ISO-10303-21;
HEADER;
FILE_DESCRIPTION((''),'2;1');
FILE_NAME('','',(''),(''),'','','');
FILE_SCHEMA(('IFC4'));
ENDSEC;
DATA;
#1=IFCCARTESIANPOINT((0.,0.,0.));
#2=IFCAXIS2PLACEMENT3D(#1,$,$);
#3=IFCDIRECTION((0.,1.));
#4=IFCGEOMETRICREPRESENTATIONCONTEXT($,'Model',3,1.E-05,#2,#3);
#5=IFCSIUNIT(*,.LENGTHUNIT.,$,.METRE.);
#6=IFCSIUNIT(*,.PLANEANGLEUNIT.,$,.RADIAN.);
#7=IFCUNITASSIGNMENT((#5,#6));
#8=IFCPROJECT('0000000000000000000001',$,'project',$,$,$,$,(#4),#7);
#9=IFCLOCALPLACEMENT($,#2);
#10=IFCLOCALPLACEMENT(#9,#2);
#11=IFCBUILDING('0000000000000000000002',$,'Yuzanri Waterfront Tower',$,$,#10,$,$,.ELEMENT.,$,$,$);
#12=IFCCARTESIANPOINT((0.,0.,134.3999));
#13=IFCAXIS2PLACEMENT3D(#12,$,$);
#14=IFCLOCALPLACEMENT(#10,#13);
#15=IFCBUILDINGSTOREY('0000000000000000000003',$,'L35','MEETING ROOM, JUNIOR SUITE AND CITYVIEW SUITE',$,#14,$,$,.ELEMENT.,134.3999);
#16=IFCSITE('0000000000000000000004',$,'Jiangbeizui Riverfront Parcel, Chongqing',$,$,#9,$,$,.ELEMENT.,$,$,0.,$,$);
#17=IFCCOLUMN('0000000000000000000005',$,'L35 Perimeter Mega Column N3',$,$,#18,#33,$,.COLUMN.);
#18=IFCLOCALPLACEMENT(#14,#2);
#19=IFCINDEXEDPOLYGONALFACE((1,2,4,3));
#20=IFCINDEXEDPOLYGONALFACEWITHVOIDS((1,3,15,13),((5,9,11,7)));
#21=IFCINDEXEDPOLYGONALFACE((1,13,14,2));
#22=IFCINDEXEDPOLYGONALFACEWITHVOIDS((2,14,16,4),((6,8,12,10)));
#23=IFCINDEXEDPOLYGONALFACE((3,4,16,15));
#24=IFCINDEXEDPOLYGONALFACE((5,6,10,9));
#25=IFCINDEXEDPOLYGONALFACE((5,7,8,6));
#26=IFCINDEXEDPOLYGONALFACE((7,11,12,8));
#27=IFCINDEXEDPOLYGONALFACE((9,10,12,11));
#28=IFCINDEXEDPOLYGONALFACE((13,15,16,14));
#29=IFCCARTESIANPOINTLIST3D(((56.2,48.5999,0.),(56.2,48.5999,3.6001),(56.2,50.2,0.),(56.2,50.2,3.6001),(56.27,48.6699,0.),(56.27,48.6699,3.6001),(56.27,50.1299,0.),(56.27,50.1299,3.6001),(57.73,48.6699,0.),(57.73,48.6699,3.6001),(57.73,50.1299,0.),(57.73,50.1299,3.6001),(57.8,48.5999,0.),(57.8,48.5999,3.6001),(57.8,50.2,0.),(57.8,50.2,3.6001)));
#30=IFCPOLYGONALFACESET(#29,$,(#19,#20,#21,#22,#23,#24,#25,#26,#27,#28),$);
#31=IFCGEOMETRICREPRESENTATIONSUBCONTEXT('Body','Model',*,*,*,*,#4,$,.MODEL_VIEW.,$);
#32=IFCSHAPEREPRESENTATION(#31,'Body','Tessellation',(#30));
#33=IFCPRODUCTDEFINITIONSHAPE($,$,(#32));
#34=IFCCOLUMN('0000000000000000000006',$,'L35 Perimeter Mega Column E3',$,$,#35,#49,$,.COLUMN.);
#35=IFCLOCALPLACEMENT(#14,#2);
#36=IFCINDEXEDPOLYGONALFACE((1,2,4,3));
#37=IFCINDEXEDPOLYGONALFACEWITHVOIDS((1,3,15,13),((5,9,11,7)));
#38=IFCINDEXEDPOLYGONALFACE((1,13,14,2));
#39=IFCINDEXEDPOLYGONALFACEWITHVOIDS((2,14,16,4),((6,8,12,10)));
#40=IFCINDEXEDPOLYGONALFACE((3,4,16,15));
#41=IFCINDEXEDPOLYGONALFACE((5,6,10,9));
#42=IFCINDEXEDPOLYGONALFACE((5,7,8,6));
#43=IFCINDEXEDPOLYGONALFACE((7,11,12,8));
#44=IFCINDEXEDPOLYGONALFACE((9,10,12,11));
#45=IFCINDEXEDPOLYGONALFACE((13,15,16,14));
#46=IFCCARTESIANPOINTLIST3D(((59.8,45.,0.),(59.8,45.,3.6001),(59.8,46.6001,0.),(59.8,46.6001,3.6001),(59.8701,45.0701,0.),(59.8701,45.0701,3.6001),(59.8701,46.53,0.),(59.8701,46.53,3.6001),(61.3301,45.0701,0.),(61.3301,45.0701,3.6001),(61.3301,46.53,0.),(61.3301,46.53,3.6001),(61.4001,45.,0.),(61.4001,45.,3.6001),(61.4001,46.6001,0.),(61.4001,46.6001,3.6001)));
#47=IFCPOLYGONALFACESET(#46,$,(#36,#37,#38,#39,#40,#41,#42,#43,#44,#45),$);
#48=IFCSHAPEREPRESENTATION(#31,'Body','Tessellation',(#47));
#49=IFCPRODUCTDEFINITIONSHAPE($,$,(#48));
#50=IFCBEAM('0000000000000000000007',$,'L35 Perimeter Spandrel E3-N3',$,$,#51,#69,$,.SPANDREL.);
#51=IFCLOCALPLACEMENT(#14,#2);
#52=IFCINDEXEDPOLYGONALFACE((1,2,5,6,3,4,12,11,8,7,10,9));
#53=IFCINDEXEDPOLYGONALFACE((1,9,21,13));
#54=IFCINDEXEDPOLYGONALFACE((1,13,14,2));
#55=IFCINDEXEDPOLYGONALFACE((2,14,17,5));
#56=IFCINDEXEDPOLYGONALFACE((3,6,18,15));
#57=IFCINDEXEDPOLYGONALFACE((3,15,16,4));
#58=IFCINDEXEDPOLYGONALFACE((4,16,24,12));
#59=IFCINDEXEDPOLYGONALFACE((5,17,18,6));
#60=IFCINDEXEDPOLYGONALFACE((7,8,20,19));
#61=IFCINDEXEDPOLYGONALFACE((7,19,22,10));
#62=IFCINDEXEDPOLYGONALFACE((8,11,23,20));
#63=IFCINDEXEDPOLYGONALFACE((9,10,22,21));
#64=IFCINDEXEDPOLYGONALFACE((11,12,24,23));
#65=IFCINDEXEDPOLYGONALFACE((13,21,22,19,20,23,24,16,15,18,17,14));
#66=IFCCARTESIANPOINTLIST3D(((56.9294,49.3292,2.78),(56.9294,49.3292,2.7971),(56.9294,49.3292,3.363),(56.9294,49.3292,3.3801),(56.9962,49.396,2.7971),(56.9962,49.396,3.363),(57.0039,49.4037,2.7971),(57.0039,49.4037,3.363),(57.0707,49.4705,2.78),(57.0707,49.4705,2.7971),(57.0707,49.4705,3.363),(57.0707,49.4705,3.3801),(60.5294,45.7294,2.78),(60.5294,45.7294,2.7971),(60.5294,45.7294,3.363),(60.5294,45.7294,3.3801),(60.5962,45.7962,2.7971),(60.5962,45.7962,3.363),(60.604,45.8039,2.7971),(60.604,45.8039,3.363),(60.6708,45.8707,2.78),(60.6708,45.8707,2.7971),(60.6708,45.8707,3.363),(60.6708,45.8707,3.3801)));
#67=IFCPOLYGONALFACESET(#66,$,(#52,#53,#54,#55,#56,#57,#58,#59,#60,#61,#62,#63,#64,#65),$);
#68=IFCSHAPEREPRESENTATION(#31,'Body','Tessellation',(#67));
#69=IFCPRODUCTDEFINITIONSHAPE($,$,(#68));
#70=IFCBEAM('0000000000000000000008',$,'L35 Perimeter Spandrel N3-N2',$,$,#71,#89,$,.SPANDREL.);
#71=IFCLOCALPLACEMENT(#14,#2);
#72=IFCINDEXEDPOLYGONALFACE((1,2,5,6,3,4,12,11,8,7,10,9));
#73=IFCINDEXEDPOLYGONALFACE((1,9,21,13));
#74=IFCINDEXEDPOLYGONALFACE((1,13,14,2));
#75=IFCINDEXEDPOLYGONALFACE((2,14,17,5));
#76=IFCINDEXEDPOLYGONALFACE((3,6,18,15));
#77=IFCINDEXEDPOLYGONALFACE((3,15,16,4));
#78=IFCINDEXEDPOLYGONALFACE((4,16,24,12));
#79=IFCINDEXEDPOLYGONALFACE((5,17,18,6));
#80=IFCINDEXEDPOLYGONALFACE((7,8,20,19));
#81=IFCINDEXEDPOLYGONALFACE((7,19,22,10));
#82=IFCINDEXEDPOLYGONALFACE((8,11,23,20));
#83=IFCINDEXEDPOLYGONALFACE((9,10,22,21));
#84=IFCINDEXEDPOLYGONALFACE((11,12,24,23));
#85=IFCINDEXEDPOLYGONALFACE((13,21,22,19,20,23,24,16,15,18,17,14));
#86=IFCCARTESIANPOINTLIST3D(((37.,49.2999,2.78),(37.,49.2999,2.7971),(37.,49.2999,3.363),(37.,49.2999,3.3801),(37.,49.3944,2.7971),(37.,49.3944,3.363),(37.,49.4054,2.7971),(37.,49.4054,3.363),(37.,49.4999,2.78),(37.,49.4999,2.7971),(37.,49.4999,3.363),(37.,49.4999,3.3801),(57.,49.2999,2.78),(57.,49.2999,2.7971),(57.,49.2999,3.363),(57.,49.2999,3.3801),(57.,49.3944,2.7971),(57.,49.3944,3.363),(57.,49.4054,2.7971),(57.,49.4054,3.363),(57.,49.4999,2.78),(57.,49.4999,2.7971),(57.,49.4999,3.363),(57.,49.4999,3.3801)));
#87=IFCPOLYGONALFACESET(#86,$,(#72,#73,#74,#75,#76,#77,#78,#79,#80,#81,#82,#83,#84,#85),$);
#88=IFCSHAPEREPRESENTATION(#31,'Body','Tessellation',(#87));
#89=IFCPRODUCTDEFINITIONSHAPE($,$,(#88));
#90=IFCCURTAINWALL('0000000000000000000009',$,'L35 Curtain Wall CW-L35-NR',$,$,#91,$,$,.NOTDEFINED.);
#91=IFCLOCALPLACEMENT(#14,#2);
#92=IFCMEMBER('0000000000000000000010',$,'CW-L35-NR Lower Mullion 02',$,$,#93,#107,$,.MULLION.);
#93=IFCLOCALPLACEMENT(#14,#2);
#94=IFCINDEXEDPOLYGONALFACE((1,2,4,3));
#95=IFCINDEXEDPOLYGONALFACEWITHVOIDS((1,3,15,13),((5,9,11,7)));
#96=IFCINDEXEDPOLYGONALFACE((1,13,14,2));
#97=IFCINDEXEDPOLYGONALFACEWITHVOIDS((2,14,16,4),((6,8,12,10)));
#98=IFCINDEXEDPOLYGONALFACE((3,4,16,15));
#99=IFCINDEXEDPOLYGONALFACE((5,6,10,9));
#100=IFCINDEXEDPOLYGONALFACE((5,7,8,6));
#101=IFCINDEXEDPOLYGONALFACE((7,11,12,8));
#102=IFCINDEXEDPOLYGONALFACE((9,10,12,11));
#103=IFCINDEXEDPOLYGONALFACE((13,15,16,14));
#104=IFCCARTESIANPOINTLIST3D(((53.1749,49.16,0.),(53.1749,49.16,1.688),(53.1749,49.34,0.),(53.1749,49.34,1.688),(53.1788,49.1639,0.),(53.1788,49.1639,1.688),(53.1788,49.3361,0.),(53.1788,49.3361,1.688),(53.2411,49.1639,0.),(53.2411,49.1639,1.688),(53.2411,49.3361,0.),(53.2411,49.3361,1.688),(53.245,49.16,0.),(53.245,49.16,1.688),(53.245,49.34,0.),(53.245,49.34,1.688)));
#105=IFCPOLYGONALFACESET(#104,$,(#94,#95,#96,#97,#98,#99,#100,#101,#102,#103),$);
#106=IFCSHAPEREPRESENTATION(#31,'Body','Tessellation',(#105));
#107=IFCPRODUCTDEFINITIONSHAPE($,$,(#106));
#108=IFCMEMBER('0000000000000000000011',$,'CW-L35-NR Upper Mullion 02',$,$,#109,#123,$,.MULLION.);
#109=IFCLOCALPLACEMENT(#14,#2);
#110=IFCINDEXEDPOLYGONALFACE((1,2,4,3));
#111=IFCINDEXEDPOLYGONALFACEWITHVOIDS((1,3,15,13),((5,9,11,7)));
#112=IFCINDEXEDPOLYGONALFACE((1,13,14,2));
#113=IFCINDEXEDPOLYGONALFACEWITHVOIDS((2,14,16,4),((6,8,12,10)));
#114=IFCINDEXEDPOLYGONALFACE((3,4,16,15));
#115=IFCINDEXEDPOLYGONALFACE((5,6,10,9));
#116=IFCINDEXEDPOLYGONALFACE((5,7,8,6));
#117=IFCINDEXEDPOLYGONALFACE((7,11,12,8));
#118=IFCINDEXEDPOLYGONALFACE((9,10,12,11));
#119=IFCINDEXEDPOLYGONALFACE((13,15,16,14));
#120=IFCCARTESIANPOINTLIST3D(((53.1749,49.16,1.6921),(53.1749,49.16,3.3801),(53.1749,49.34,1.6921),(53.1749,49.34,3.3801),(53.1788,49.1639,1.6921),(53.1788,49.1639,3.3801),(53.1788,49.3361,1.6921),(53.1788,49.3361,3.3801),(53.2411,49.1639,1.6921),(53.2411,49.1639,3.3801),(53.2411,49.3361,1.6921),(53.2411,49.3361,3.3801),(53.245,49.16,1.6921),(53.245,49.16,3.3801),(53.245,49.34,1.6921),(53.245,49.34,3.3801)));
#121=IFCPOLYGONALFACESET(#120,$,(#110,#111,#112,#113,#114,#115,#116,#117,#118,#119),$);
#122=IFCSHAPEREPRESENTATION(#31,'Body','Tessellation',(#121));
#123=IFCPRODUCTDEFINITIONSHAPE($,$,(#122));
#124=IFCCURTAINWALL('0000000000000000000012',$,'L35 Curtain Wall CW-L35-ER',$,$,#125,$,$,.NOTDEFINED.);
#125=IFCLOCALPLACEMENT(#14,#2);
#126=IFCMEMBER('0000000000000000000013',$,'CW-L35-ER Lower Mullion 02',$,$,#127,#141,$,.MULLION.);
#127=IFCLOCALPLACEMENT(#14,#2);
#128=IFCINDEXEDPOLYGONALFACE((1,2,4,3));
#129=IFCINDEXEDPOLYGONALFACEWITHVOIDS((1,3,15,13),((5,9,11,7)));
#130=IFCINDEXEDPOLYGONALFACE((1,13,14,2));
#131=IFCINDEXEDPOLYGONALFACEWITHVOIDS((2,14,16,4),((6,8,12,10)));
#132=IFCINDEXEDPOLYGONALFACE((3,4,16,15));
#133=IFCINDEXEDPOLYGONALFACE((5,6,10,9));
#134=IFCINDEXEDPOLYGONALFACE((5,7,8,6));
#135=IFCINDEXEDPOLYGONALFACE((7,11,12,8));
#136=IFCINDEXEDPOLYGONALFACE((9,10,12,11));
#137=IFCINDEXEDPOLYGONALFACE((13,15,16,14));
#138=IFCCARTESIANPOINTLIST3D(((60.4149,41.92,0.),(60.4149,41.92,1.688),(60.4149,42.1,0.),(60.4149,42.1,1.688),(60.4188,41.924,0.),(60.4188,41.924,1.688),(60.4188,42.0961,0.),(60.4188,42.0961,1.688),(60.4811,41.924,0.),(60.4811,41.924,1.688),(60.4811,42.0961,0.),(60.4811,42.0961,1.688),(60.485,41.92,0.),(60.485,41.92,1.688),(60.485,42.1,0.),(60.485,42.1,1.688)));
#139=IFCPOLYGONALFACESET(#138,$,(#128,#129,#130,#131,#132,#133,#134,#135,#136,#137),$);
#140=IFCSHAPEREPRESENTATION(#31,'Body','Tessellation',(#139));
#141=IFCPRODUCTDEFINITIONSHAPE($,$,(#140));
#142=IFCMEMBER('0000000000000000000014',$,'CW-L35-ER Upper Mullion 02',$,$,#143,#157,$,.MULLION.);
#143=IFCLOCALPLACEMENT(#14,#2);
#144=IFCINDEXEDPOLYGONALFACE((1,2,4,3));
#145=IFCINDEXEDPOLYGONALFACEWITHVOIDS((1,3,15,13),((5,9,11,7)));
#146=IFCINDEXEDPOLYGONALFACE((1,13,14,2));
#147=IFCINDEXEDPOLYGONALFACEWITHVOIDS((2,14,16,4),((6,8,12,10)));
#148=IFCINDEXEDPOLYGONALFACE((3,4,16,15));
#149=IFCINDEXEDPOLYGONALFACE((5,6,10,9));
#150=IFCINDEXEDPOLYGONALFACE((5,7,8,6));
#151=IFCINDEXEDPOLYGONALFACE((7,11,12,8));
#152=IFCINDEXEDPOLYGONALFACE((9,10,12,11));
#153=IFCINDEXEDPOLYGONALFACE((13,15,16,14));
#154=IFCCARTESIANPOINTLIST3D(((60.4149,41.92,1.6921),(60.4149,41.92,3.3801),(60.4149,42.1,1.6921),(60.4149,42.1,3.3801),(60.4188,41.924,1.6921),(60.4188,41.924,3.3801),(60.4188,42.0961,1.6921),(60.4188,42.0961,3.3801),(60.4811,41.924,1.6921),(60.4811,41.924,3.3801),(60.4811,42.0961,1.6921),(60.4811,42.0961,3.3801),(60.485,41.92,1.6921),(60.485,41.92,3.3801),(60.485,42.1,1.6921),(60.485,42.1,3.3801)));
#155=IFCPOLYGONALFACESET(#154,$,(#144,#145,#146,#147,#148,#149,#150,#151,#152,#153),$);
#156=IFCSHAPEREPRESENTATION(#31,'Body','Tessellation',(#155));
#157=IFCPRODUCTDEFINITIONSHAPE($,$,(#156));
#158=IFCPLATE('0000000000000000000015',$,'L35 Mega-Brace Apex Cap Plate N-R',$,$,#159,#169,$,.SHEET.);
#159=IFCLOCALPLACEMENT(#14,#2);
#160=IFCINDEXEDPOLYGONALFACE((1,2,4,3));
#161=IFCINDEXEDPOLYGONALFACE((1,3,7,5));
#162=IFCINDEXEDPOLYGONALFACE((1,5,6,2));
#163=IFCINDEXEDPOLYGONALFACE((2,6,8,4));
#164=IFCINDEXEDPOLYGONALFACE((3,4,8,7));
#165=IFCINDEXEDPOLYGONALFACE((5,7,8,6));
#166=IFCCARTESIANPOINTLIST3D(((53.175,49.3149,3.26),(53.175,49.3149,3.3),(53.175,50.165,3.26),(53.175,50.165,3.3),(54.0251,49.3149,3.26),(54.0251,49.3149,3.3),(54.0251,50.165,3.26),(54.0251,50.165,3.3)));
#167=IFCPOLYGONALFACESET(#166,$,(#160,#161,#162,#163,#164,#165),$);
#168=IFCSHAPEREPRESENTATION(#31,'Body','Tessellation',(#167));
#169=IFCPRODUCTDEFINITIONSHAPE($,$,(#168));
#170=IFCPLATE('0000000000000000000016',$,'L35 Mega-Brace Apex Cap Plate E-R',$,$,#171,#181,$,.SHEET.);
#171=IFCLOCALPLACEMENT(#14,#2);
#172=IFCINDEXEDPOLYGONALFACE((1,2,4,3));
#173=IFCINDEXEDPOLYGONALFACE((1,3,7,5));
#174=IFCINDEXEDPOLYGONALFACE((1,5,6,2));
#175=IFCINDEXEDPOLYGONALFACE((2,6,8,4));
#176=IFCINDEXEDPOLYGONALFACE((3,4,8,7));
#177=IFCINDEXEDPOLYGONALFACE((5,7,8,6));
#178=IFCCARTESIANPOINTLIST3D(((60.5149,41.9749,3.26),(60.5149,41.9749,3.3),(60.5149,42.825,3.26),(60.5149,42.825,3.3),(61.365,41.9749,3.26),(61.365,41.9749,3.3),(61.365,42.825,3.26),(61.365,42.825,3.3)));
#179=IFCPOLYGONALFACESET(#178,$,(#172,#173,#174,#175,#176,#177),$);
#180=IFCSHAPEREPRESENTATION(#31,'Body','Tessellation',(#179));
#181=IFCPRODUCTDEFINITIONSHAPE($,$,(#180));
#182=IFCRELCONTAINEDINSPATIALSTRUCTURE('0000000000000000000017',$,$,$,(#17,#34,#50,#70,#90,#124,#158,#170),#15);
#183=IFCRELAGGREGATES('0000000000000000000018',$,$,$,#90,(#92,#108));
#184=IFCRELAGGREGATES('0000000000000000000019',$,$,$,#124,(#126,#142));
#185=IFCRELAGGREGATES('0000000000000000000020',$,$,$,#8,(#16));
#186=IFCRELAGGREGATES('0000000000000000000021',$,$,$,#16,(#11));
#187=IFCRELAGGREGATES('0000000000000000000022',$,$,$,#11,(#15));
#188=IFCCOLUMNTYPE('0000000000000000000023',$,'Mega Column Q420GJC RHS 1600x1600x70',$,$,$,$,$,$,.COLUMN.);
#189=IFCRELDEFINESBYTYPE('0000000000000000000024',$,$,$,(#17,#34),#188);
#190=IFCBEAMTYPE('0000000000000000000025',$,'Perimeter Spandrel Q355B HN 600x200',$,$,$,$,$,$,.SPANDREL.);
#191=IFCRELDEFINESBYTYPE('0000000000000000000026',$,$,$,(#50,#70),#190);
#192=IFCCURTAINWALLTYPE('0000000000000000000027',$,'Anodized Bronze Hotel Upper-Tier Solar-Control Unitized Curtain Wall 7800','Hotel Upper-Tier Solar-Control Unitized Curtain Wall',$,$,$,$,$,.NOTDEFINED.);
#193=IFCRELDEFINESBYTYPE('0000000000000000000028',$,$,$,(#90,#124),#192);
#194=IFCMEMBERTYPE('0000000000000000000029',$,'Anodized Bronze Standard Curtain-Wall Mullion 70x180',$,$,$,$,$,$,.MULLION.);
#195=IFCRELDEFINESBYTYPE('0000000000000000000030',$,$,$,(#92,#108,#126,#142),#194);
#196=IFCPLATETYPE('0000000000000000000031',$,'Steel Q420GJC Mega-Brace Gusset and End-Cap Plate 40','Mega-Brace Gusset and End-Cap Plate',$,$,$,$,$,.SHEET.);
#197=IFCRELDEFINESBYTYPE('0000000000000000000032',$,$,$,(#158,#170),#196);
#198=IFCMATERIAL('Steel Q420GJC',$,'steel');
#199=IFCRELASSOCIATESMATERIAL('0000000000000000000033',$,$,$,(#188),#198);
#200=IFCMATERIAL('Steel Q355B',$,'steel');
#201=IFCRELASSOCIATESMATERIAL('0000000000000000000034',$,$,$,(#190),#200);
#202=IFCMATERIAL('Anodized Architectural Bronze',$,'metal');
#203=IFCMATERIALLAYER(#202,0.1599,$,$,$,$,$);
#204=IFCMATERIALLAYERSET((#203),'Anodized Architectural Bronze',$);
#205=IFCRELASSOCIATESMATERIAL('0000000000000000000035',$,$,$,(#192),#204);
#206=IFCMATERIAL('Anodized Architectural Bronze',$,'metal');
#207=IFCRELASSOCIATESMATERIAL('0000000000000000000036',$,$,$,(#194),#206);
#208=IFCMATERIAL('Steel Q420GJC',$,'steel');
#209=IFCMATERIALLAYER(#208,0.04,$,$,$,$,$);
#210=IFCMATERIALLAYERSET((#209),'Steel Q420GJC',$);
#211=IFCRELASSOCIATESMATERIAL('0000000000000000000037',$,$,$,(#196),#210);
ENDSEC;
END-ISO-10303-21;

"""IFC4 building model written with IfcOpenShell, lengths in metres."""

from ifc_helpers import new_model, si_unit, direction, frame, origin, origin_2d, place, context, subcontext, project, spatial, rectangle, hollow_rectangle, i_section, extrude, source, transform, mapped, material, layer, layer_set, material_profile, profile_set, type_object, element, aggregate, save


model = new_model("IFC4")

# Units and contexts
model_context = context("Model", 3, precision=1e-05, world=origin(), true_north=direction((0.0, 1.0)))
body_context = subcontext(model_context, "Body", "Model", "MODEL_VIEW")
ifc_project = project(units=[si_unit("LENGTHUNIT", "METRE"), si_unit("PLANEANGLEUNIT", "RADIAN")], contexts=[model_context])

# Site, building, storey
site_placement = place(None, origin())
site = spatial("IfcSite", under=ifc_project, at=site_placement, Name="Jiangbeizui Riverfront Parcel, Chongqing", CompositionType="ELEMENT", RefElevation=0.0)
building_placement = place(site_placement, origin())
building = spatial("IfcBuilding", under=site, at=building_placement, Name="Yuzanri Waterfront Tower", CompositionType="ELEMENT")
storey_placement = place(building_placement, frame((0.0, 0.0, 134.3999)))
storey = spatial("IfcBuildingStorey", under=building, at=storey_placement, Name="L35", Description="MEETING ROOM, JUNIOR SUITE AND CITYVIEW SUITE", CompositionType="ELEMENT", Elevation=134.3999)

# Columns
ifc_material_1 = material(Name="Steel Q420GJC", Category="steel")
ifc_material_profile_1 = material_profile(ifc_material_1, hollow_rectangle(XDim=1.6001, YDim=1.6001, WallThickness=0.0701, at=origin_2d()), Name="RHS 1600x1600x70")
ifc_profile_set_1 = profile_set([ifc_material_profile_1], Name="Steel Q420GJC")
column_type = type_object("IfcColumnType", Name="Mega Column Q420GJC RHS 1600x1600x70", PredefinedType="COLUMN", material=ifc_profile_set_1)
shared_shape_1 = source(origin(), body_context, "Body", "SweptSolid", [
    extrude(hollow_rectangle(XDim=1.6001, YDim=1.6001, WallThickness=0.0701, at=origin_2d()), origin(), (0.0, 0.0, 1.0), 3.6001),
])
for number, where, z_axis, x_axis, name in (
    (1, (57.0, 49.3999, 0.0), (0.0, 0.0, 1.0), (1.0, 0.0, 0.0), "L35 Perimeter Mega Column N3"),
    (2, (60.6001, 45.8, 0.0), (0.0, 0.0, 1.0), (1.0, 0.0, 0.0), "L35 Perimeter Mega Column E3"),
):
    element("IfcColumn", number, at=place(storey_placement, frame(where, z_axis=z_axis, x_axis=x_axis)), inside=storey, type_object=column_type, Name=name, PredefinedType="COLUMN", context=body_context, shape_type="MappedRepresentation", body=[
        mapped(shared_shape_1, transform((0.0, 0.0, 0.0), scale=1.0)),
    ])

# Beams
ifc_material_2 = material(Name="Steel Q355B", Category="steel")
ifc_material_profile_2 = material_profile(ifc_material_2, i_section(OverallWidth=0.2, OverallDepth=0.6001, WebThickness=0.011, FlangeThickness=0.0171, at=origin_2d()), Name="HN 600x200x11x17")
ifc_profile_set_2 = profile_set([ifc_material_profile_2], Name="Steel Q355B")
beam_type = type_object("IfcBeamType", Name="Perimeter Spandrel Q355B HN 600x200", PredefinedType="SPANDREL", material=ifc_profile_set_2)
shared_shape_2 = source(origin(), body_context, "Body", "SweptSolid", [
    extrude(i_section(OverallWidth=0.2, OverallDepth=0.6001, WebThickness=0.011, FlangeThickness=0.0171, at=origin_2d()), origin(), (0.0, 0.0, 1.0), 5.0911),
])
beam_1_placement = place(storey_placement, frame((60.6001, 45.8, 3.0801), z_axis=(-0.707131, 0.707083, 0.0), x_axis=(-0.707083, -0.707131, 0.0)))
element("IfcBeam", 3, at=beam_1_placement, inside=storey, type_object=beam_type, Name="L35 Perimeter Spandrel E3-N3", PredefinedType="SPANDREL", context=body_context, shape_type="MappedRepresentation", body=[
    mapped(shared_shape_2, transform((0.0, 0.0, 0.0), scale=1.0)),
])
shared_shape_3 = source(origin(), body_context, "Body", "SweptSolid", [
    extrude(i_section(OverallWidth=0.2, OverallDepth=0.6001, WebThickness=0.011, FlangeThickness=0.0171, at=origin_2d()), origin(), (0.0, 0.0, 1.0), 20.0),
])
beam_2_placement = place(storey_placement, frame((57.0, 49.3999, 3.0801), z_axis=(-1.0, 0.0, 0.0), x_axis=(0.0, -1.0, 0.0)))
element("IfcBeam", 4, at=beam_2_placement, inside=storey, type_object=beam_type, Name="L35 Perimeter Spandrel N3-N2", PredefinedType="SPANDREL", context=body_context, shape_type="MappedRepresentation", body=[
    mapped(shared_shape_3, transform((0.0, 0.0, 0.0), scale=1.0)),
])

# Curtain walls, members
ifc_material_3 = material(Name="Anodized Architectural Bronze", Category="metal")
ifc_layer_1 = layer(ifc_material_3, 0.1599)
ifc_layer_set_1 = layer_set([ifc_layer_1], Name="Anodized Architectural Bronze")
curtain_wall_type = type_object("IfcCurtainWallType", Name="Anodized Bronze Hotel Upper-Tier Solar-Control Unitized Curtain Wall 7800", Description="Hotel Upper-Tier Solar-Control Unitized Curtain Wall", PredefinedType="NOTDEFINED", material=ifc_layer_set_1)
curtain_wall_1_placement = place(storey_placement, origin())
curtain_wall_1 = element("IfcCurtainWall", 5, at=curtain_wall_1_placement, inside=storey, type_object=curtain_wall_type, Name="L35 Curtain Wall CW-L35-NR", PredefinedType="NOTDEFINED")
ifc_material_4 = material(Name="Anodized Architectural Bronze", Category="metal")
ifc_material_profile_3 = material_profile(ifc_material_4, hollow_rectangle(XDim=0.0701, YDim=0.1799, WallThickness=0.0039, at=origin_2d()), Name="CWM 70x180")
ifc_profile_set_3 = profile_set([ifc_material_profile_3], Name="Anodized Architectural Bronze")
member_type = type_object("IfcMemberType", Name="Anodized Bronze Standard Curtain-Wall Mullion 70x180", PredefinedType="MULLION", material=ifc_profile_set_3)
shared_shape_4 = source(origin(), body_context, "Body", "SweptSolid", [
    extrude(hollow_rectangle(XDim=0.0701, YDim=0.1799, WallThickness=0.0039, at=origin_2d()), origin(), (0.0, 0.0, 1.0), 1.688),
])
member_1_placement = place(storey_placement, frame((53.21, 49.25, 0.0), z_axis=(0.0, 0.0, 1.0), x_axis=(1.0, 0.0, 0.0)))
member_1 = element("IfcMember", 6, at=member_1_placement, type_object=member_type, Name="CW-L35-NR Lower Mullion 02", PredefinedType="MULLION", context=body_context, shape_type="MappedRepresentation", body=[
    mapped(shared_shape_4, transform((0.0, 0.0, 0.0), scale=1.0)),
])
member_2_placement = place(storey_placement, frame((53.21, 49.25, 1.6921), z_axis=(0.0, 0.0, 1.0), x_axis=(1.0, 0.0, 0.0)))
member_2 = element("IfcMember", 7, at=member_2_placement, type_object=member_type, Name="CW-L35-NR Upper Mullion 02", PredefinedType="MULLION", context=body_context, shape_type="MappedRepresentation", body=[
    mapped(shared_shape_4, transform((0.0, 0.0, 0.0), scale=1.0)),
])
aggregate(curtain_wall_1, [member_1, member_2])
curtain_wall_2_placement = place(storey_placement, origin())
curtain_wall_2 = element("IfcCurtainWall", 8, at=curtain_wall_2_placement, inside=storey, type_object=curtain_wall_type, Name="L35 Curtain Wall CW-L35-ER", PredefinedType="NOTDEFINED")
member_3_placement = place(storey_placement, frame((60.45, 42.01, 0.0), z_axis=(0.0, 0.0, 1.0), x_axis=(1.0, 0.0, 0.0)))
member_3 = element("IfcMember", 9, at=member_3_placement, type_object=member_type, Name="CW-L35-ER Lower Mullion 02", PredefinedType="MULLION", context=body_context, shape_type="MappedRepresentation", body=[
    mapped(shared_shape_4, transform((0.0, 0.0, 0.0), scale=1.0)),
])
member_4_placement = place(storey_placement, frame((60.45, 42.01, 1.6921), z_axis=(0.0, 0.0, 1.0), x_axis=(1.0, 0.0, 0.0)))
member_4 = element("IfcMember", 10, at=member_4_placement, type_object=member_type, Name="CW-L35-ER Upper Mullion 02", PredefinedType="MULLION", context=body_context, shape_type="MappedRepresentation", body=[
    mapped(shared_shape_4, transform((0.0, 0.0, 0.0), scale=1.0)),
])

# Plates
ifc_material_5 = material(Name="Steel Q420GJC", Category="steel")
ifc_layer_2 = layer(ifc_material_5, 0.04)
ifc_layer_set_2 = layer_set([ifc_layer_2], Name="Steel Q420GJC")
plate_type_1 = type_object("IfcPlateType", Name="Steel Q420GJC Mega-Brace Gusset and End-Cap Plate 40", Description="Mega-Brace Gusset and End-Cap Plate", PredefinedType="SHEET", material=ifc_layer_set_2)
shared_shape_5 = source(origin(), body_context, "Body", "SweptSolid", [
    extrude(rectangle(XDim=0.8501, YDim=0.8501, at=origin_2d()), origin(), (0.0, 0.0, 1.0), 0.04),
])
for number, where, z_axis, x_axis, name in (
    (11, (53.6001, 49.74, 3.26), (0.0, 0.0, 1.0), (1.0, 0.0, 0.0), "L35 Mega-Brace Apex Cap Plate N-R"),
    (12, (60.9399, 42.3999, 3.26), (0.0, 0.0, 1.0), (1.0, 0.0, 0.0), "L35 Mega-Brace Apex Cap Plate E-R"),
):
    element("IfcPlate", number, at=place(storey_placement, frame(where, z_axis=z_axis, x_axis=x_axis)), inside=storey, type_object=plate_type_1, Name=name, PredefinedType="SHEET", context=body_context, shape_type="MappedRepresentation", body=[
        mapped(shared_shape_5, transform((0.0, 0.0, 0.0), scale=1.0)),
    ])

aggregate(curtain_wall_2, [member_3, member_4])

save(model, "model.ifc")
